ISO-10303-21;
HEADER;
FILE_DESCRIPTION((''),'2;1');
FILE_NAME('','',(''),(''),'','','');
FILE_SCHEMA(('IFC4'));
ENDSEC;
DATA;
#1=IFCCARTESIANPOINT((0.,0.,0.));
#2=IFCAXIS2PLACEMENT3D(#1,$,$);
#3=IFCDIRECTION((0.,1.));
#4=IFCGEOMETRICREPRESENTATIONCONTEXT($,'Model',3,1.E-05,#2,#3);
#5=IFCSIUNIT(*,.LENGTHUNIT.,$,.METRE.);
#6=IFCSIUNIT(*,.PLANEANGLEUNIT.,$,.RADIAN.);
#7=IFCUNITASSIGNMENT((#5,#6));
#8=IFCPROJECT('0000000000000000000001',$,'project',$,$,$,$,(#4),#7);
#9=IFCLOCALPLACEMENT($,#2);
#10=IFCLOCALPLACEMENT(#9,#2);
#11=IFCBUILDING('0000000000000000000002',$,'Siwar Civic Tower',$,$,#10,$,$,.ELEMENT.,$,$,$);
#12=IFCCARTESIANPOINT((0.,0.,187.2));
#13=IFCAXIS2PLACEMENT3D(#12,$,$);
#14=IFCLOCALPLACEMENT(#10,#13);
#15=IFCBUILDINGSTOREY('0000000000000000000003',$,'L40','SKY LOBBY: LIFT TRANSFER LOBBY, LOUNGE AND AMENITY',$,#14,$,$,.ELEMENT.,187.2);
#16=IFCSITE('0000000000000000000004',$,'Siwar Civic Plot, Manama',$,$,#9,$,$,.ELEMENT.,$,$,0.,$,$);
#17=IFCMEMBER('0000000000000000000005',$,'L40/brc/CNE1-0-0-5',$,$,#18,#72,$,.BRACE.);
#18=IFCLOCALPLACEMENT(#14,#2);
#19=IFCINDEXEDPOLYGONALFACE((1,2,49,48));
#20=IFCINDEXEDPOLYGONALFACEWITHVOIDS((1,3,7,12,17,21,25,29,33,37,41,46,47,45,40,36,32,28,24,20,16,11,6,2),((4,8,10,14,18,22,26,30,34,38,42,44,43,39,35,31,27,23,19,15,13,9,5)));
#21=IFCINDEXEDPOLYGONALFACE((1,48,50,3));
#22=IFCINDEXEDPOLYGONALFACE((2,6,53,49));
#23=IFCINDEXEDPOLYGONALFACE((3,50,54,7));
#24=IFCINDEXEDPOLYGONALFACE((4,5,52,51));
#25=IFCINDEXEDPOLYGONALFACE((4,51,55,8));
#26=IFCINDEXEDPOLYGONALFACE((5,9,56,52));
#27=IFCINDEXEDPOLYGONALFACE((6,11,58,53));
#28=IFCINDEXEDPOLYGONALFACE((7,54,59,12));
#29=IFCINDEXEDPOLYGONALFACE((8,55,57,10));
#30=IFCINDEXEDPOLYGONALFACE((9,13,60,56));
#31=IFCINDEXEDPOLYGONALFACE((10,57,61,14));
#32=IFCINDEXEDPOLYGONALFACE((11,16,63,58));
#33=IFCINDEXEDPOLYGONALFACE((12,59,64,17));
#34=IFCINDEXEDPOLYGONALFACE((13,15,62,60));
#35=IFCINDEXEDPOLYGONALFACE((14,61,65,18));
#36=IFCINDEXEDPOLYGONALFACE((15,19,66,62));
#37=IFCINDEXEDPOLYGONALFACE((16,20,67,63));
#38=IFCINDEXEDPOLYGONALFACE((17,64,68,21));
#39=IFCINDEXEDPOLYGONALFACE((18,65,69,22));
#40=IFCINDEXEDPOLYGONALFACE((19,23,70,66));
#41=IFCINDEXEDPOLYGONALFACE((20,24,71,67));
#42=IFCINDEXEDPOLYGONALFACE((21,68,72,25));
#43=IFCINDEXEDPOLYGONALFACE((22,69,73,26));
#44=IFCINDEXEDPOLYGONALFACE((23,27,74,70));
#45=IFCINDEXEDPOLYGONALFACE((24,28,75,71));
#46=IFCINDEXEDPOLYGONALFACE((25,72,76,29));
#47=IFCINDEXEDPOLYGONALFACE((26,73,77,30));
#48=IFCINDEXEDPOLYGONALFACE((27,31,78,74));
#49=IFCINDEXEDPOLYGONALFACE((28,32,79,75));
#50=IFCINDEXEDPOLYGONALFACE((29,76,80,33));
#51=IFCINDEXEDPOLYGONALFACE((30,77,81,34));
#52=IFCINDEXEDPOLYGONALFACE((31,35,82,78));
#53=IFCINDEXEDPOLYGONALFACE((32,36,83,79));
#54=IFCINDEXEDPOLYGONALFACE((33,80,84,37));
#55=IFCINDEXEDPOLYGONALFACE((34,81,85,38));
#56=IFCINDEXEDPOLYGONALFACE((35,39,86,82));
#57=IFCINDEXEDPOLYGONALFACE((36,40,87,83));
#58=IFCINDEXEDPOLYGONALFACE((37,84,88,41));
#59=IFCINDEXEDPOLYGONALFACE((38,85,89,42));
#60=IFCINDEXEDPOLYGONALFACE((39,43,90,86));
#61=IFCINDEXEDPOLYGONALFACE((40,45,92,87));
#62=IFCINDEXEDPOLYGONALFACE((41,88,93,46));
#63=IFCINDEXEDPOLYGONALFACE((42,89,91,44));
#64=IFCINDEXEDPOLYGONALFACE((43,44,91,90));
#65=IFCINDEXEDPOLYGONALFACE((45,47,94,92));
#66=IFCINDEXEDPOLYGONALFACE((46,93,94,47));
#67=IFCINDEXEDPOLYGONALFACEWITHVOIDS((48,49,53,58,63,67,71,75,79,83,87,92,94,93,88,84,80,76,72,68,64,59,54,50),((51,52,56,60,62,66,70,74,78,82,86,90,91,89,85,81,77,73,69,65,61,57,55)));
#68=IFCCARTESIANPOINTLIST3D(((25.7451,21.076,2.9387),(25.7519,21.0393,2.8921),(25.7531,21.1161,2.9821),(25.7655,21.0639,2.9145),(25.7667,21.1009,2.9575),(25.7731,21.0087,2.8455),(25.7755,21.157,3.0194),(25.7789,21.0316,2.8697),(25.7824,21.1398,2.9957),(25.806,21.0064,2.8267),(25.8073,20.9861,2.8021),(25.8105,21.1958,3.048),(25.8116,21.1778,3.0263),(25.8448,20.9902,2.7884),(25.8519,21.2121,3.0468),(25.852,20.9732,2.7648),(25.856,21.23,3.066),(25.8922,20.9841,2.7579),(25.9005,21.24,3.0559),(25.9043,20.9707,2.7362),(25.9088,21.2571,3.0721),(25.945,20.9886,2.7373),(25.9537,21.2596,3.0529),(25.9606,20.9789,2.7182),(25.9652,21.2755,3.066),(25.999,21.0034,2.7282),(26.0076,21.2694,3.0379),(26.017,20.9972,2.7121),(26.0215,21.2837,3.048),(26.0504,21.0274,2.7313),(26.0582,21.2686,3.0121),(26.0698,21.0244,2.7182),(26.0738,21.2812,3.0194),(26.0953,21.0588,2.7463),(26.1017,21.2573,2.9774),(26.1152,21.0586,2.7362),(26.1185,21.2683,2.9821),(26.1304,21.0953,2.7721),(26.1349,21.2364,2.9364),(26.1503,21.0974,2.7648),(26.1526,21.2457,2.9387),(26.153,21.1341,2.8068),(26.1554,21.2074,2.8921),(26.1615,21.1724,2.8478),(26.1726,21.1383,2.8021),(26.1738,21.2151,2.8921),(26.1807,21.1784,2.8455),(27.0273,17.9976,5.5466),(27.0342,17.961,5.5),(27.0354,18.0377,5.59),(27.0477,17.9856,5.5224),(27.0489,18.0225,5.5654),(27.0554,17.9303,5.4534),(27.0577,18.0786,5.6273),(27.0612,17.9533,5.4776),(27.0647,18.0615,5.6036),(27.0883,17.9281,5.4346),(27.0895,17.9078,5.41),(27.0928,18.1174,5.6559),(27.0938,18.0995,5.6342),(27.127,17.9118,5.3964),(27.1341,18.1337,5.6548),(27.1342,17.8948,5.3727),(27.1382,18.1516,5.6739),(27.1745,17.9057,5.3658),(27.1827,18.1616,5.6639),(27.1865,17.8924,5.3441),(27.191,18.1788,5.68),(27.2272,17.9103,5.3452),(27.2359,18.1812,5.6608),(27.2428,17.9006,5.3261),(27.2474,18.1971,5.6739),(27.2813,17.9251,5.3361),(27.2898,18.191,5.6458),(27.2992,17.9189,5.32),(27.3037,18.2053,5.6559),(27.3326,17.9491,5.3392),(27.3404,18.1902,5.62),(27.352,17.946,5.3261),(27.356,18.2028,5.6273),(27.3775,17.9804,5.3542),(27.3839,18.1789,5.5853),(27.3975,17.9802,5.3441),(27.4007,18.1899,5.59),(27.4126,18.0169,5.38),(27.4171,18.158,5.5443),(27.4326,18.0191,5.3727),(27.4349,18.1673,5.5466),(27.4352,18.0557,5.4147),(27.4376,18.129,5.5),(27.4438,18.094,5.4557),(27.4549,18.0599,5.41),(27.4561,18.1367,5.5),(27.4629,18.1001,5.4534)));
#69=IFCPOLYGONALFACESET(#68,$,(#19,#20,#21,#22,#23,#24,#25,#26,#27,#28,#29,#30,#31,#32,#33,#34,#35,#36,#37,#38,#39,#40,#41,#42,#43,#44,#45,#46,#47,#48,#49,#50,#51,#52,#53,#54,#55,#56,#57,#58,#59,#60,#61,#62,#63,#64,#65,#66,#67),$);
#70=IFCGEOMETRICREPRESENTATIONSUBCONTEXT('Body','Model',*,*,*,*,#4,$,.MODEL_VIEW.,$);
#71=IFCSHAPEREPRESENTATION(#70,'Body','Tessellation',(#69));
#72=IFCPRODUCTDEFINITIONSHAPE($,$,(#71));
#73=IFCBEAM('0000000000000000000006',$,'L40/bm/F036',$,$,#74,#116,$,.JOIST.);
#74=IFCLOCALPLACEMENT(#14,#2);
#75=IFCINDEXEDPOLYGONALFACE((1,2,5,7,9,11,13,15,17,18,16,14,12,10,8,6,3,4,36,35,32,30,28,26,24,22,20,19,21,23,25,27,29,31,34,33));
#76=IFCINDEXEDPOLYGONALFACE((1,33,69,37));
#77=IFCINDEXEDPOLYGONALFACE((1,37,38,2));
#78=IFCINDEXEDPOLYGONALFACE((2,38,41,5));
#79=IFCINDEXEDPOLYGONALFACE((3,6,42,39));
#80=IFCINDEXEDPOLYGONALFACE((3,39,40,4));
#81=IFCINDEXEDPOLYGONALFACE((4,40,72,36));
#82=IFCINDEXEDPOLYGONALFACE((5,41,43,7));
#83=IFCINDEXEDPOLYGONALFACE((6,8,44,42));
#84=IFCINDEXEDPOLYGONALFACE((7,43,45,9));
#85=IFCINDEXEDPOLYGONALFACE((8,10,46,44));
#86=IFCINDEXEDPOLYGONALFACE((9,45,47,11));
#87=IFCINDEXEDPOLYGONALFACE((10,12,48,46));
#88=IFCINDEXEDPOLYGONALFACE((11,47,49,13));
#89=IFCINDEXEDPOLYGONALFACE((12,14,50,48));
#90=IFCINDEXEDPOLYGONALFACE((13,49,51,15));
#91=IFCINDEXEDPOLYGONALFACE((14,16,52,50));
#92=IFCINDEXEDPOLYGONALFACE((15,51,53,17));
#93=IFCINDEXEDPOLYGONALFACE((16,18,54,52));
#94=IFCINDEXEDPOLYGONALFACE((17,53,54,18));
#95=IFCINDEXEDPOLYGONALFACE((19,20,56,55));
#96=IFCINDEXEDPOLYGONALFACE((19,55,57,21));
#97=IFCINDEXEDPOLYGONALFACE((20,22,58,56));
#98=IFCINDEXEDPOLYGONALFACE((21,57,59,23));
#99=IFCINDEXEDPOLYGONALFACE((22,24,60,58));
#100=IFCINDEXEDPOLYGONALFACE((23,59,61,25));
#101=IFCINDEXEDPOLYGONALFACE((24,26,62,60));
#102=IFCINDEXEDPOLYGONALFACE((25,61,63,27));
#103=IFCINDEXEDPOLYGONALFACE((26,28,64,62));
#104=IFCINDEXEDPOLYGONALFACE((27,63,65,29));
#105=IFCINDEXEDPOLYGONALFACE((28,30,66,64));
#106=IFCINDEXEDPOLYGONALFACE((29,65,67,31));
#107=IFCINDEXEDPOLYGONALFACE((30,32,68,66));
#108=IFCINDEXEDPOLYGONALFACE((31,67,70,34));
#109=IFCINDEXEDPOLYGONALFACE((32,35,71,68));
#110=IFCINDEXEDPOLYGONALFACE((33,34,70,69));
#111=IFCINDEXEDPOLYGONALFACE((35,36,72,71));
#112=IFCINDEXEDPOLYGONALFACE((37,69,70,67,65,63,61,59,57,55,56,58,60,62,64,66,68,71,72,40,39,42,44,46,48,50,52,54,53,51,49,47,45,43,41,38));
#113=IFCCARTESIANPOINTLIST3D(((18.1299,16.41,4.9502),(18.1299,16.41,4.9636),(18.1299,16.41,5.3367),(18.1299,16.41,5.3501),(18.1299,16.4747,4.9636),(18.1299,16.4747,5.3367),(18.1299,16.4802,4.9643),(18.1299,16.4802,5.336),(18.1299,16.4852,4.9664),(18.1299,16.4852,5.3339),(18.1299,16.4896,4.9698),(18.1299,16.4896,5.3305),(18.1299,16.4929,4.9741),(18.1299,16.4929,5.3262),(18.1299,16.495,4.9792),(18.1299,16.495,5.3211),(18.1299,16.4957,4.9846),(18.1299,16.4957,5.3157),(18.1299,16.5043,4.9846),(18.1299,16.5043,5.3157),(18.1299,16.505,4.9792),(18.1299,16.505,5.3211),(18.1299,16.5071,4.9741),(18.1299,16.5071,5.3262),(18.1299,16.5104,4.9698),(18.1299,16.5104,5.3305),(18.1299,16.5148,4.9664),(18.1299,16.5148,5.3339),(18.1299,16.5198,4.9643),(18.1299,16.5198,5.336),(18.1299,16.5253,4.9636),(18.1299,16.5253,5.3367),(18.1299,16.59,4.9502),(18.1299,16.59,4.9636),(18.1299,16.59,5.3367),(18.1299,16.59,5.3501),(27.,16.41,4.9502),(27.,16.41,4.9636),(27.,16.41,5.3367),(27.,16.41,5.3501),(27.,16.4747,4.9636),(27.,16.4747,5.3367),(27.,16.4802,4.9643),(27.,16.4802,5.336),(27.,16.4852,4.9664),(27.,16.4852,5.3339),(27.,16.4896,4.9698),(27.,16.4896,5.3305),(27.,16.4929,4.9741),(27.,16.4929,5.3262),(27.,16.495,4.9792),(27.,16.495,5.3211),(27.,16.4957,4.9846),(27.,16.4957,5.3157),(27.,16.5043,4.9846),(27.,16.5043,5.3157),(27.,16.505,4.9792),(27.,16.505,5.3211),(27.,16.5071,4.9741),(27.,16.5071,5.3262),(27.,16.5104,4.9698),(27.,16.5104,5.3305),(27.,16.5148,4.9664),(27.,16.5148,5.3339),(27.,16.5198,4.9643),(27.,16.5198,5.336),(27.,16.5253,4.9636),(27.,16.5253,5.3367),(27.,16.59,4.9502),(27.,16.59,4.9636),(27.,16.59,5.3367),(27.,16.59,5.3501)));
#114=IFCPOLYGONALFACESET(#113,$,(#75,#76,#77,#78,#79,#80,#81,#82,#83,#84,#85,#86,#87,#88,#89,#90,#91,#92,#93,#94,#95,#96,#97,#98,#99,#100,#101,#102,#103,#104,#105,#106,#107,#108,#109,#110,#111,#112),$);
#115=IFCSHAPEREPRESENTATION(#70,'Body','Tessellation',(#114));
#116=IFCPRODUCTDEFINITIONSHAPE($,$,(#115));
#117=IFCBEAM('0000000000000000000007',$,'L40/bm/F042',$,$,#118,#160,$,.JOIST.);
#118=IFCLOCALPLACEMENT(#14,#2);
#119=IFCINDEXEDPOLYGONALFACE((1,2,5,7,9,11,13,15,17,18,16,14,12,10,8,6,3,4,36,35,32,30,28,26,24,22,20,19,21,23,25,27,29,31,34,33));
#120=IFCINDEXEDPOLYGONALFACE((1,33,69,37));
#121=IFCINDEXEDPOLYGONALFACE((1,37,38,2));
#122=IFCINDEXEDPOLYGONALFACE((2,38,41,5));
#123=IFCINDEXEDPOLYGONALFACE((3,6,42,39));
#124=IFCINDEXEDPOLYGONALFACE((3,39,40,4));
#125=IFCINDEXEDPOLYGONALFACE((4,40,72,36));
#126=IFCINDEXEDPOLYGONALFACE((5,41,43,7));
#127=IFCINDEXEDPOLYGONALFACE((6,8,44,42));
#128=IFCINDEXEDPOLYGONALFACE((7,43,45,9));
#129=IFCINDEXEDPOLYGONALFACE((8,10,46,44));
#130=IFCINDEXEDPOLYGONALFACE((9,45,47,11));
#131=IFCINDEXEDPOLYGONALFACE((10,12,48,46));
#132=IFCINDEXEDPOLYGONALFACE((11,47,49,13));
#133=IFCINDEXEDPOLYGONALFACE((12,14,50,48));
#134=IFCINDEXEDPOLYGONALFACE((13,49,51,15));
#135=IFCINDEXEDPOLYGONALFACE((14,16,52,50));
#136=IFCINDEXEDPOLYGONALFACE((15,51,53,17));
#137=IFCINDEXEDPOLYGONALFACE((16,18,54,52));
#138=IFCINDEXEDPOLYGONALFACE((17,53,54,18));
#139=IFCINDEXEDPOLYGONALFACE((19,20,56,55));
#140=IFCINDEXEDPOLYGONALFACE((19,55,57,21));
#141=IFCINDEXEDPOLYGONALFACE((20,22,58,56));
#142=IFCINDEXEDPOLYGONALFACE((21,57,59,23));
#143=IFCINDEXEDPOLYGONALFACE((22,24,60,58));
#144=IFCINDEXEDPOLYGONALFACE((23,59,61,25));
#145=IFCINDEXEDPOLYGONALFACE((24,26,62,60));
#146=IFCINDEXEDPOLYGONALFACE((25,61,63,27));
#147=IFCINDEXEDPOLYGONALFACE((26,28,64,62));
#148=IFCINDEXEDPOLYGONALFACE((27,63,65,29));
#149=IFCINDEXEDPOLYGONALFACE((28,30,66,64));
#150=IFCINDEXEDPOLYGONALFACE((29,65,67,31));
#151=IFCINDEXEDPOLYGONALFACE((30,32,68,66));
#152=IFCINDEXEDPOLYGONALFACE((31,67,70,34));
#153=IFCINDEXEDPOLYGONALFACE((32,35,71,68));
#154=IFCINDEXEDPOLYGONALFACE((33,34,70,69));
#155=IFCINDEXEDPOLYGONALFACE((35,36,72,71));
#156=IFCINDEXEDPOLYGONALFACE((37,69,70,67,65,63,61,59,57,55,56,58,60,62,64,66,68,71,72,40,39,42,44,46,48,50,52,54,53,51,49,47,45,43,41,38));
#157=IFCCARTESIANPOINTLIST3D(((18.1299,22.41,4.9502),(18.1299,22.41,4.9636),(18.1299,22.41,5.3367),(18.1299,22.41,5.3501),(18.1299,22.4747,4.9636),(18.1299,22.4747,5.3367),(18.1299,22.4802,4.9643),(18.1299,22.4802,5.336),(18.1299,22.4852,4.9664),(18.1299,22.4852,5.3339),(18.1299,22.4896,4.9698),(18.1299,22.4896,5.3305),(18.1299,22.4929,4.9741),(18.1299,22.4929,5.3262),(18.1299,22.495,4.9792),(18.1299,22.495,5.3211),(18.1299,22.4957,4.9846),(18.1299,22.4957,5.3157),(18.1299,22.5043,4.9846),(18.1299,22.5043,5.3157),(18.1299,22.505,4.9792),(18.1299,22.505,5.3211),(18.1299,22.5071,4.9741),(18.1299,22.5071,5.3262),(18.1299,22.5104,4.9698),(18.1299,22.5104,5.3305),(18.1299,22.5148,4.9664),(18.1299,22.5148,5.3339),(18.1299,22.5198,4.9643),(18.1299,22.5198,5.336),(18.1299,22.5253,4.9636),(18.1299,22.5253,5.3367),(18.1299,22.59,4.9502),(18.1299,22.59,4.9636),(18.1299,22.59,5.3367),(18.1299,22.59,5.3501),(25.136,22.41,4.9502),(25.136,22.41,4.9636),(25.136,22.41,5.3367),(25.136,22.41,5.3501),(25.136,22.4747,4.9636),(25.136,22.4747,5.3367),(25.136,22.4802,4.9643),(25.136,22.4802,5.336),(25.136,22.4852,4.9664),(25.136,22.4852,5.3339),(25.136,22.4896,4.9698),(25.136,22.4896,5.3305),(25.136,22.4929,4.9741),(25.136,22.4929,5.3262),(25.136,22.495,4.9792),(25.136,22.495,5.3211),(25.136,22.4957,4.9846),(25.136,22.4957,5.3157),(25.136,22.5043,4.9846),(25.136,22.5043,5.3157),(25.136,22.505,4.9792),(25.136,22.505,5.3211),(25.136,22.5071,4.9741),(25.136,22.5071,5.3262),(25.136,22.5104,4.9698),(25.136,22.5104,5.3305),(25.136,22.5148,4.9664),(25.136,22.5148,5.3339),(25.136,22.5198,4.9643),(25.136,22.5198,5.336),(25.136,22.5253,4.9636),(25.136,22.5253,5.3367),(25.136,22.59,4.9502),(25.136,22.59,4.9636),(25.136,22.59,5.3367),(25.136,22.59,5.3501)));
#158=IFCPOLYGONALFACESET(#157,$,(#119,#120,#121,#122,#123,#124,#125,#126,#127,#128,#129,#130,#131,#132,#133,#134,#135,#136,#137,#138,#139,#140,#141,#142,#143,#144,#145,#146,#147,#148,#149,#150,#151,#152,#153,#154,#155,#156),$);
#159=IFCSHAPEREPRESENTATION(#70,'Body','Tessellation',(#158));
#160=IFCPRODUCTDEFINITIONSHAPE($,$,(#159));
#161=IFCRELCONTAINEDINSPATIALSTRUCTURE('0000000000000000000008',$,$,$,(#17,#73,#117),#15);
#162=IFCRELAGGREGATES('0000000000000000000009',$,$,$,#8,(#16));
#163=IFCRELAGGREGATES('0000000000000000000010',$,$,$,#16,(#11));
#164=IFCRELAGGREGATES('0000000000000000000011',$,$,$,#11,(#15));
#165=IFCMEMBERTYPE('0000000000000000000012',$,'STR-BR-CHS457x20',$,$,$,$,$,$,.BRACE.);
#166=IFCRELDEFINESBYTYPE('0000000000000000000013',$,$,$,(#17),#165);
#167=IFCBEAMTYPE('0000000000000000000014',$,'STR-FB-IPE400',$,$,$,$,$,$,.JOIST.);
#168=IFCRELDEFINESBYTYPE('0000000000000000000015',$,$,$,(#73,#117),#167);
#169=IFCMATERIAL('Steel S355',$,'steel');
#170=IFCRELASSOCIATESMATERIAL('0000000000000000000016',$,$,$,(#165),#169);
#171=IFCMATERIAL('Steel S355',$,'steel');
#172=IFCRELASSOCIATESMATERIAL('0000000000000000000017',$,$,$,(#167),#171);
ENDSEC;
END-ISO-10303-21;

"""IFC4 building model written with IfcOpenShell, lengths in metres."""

from ifc_helpers import new_model, si_unit, direction, frame, origin, origin_2d, place, context, subcontext, project, spatial, hollow_circle, i_section, extrude, material, material_profile, profile_set, type_object, element, save


model = new_model("IFC4")

# Units and contexts
model_context = context("Model", 3, precision=1e-05, world=origin(), true_north=direction((0.0, 1.0)))
body_context = subcontext(model_context, "Body", "Model", "MODEL_VIEW")
ifc_project = project(units=[si_unit("LENGTHUNIT", "METRE"), si_unit("PLANEANGLEUNIT", "RADIAN")], contexts=[model_context])

# Site, building, storey
site_placement = place(None, origin())
site = spatial("IfcSite", under=ifc_project, at=site_placement, Name="Siwar Civic Plot, Manama", CompositionType="ELEMENT", RefElevation=0.0)
building_placement = place(site_placement, origin())
building = spatial("IfcBuilding", under=site, at=building_placement, Name="Siwar Civic Tower", CompositionType="ELEMENT")
storey_placement = place(building_placement, frame((0.0, 0.0, 187.2)))
storey = spatial("IfcBuildingStorey", under=building, at=storey_placement, Name="L40", Description="SKY LOBBY: LIFT TRANSFER LOBBY, LOUNGE AND AMENITY", CompositionType="ELEMENT", Elevation=187.2)

# Member
ifc_material_1 = material(Name="Steel S355", Category="steel")
ifc_material_profile_1 = material_profile(ifc_material_1, hollow_circle(Radius=0.2285, WallThickness=0.02, at=origin_2d()), Name="CHS457x20")
ifc_profile_set_1 = profile_set([ifc_material_profile_1], Name="Steel S355")
member_type_1 = type_object("IfcMemberType", Name="STR-BR-CHS457x20", PredefinedType="BRACE", material=ifc_profile_set_1)
member_1_placement = place(storey_placement, frame((25.9629, 21.1272, 2.8921), z_axis=(0.302884, -0.727163, 0.616032), x_axis=(0.923122, 0.384506, 0.0)))
element("IfcMember", 1, at=member_1_placement, inside=storey, type_object=member_type_1, Name="L40/brc/CNE1-0-0-5", PredefinedType="BRACE", context=body_context, shape_type="SweptSolid", body=[
    extrude(hollow_circle(Radius=0.2285, WallThickness=0.02, at=origin_2d()), origin(), (0.0, 0.0, 1.0), 4.2334),
])

# Beams
ifc_material_2 = material(Name="Steel S355", Category="steel")
ifc_material_profile_2 = material_profile(ifc_material_2, i_section(OverallWidth=0.1799, OverallDepth=0.3999, WebThickness=0.0085, FlangeThickness=0.0134, FilletRadius=0.021, at=origin_2d()), Name="IPE400")
ifc_profile_set_2 = profile_set([ifc_material_profile_2], Name="Steel S355")
beam_type_1 = type_object("IfcBeamType", Name="STR-FB-IPE400", PredefinedType="JOIST", material=ifc_profile_set_2)
beam_1_placement = place(storey_placement, frame((18.1299, 16.5, 5.1501), z_axis=(1.0, 0.0, 0.0), x_axis=(0.0, 1.0, 0.0)))
element("IfcBeam", 2, at=beam_1_placement, inside=storey, type_object=beam_type_1, Name="L40/bm/F036", PredefinedType="JOIST", context=body_context, shape_type="SweptSolid", body=[
    extrude(i_section(OverallWidth=0.1799, OverallDepth=0.3999, WebThickness=0.0085, FlangeThickness=0.0134, FilletRadius=0.021, at=origin_2d()), origin(), (0.0, 0.0, 1.0), 8.8701),
])
beam_2_placement = place(storey_placement, frame((18.1299, 22.5, 5.1501), z_axis=(1.0, 0.0, 0.0), x_axis=(0.0, 1.0, 0.0)))
element("IfcBeam", 3, at=beam_2_placement, inside=storey, type_object=beam_type_1, Name="L40/bm/F042", PredefinedType="JOIST", context=body_context, shape_type="SweptSolid", body=[
    extrude(i_section(OverallWidth=0.1799, OverallDepth=0.3999, WebThickness=0.0085, FlangeThickness=0.0134, FilletRadius=0.021, at=origin_2d()), origin(), (0.0, 0.0, 1.0), 7.0061),
])

save(model, "model.ifc")
